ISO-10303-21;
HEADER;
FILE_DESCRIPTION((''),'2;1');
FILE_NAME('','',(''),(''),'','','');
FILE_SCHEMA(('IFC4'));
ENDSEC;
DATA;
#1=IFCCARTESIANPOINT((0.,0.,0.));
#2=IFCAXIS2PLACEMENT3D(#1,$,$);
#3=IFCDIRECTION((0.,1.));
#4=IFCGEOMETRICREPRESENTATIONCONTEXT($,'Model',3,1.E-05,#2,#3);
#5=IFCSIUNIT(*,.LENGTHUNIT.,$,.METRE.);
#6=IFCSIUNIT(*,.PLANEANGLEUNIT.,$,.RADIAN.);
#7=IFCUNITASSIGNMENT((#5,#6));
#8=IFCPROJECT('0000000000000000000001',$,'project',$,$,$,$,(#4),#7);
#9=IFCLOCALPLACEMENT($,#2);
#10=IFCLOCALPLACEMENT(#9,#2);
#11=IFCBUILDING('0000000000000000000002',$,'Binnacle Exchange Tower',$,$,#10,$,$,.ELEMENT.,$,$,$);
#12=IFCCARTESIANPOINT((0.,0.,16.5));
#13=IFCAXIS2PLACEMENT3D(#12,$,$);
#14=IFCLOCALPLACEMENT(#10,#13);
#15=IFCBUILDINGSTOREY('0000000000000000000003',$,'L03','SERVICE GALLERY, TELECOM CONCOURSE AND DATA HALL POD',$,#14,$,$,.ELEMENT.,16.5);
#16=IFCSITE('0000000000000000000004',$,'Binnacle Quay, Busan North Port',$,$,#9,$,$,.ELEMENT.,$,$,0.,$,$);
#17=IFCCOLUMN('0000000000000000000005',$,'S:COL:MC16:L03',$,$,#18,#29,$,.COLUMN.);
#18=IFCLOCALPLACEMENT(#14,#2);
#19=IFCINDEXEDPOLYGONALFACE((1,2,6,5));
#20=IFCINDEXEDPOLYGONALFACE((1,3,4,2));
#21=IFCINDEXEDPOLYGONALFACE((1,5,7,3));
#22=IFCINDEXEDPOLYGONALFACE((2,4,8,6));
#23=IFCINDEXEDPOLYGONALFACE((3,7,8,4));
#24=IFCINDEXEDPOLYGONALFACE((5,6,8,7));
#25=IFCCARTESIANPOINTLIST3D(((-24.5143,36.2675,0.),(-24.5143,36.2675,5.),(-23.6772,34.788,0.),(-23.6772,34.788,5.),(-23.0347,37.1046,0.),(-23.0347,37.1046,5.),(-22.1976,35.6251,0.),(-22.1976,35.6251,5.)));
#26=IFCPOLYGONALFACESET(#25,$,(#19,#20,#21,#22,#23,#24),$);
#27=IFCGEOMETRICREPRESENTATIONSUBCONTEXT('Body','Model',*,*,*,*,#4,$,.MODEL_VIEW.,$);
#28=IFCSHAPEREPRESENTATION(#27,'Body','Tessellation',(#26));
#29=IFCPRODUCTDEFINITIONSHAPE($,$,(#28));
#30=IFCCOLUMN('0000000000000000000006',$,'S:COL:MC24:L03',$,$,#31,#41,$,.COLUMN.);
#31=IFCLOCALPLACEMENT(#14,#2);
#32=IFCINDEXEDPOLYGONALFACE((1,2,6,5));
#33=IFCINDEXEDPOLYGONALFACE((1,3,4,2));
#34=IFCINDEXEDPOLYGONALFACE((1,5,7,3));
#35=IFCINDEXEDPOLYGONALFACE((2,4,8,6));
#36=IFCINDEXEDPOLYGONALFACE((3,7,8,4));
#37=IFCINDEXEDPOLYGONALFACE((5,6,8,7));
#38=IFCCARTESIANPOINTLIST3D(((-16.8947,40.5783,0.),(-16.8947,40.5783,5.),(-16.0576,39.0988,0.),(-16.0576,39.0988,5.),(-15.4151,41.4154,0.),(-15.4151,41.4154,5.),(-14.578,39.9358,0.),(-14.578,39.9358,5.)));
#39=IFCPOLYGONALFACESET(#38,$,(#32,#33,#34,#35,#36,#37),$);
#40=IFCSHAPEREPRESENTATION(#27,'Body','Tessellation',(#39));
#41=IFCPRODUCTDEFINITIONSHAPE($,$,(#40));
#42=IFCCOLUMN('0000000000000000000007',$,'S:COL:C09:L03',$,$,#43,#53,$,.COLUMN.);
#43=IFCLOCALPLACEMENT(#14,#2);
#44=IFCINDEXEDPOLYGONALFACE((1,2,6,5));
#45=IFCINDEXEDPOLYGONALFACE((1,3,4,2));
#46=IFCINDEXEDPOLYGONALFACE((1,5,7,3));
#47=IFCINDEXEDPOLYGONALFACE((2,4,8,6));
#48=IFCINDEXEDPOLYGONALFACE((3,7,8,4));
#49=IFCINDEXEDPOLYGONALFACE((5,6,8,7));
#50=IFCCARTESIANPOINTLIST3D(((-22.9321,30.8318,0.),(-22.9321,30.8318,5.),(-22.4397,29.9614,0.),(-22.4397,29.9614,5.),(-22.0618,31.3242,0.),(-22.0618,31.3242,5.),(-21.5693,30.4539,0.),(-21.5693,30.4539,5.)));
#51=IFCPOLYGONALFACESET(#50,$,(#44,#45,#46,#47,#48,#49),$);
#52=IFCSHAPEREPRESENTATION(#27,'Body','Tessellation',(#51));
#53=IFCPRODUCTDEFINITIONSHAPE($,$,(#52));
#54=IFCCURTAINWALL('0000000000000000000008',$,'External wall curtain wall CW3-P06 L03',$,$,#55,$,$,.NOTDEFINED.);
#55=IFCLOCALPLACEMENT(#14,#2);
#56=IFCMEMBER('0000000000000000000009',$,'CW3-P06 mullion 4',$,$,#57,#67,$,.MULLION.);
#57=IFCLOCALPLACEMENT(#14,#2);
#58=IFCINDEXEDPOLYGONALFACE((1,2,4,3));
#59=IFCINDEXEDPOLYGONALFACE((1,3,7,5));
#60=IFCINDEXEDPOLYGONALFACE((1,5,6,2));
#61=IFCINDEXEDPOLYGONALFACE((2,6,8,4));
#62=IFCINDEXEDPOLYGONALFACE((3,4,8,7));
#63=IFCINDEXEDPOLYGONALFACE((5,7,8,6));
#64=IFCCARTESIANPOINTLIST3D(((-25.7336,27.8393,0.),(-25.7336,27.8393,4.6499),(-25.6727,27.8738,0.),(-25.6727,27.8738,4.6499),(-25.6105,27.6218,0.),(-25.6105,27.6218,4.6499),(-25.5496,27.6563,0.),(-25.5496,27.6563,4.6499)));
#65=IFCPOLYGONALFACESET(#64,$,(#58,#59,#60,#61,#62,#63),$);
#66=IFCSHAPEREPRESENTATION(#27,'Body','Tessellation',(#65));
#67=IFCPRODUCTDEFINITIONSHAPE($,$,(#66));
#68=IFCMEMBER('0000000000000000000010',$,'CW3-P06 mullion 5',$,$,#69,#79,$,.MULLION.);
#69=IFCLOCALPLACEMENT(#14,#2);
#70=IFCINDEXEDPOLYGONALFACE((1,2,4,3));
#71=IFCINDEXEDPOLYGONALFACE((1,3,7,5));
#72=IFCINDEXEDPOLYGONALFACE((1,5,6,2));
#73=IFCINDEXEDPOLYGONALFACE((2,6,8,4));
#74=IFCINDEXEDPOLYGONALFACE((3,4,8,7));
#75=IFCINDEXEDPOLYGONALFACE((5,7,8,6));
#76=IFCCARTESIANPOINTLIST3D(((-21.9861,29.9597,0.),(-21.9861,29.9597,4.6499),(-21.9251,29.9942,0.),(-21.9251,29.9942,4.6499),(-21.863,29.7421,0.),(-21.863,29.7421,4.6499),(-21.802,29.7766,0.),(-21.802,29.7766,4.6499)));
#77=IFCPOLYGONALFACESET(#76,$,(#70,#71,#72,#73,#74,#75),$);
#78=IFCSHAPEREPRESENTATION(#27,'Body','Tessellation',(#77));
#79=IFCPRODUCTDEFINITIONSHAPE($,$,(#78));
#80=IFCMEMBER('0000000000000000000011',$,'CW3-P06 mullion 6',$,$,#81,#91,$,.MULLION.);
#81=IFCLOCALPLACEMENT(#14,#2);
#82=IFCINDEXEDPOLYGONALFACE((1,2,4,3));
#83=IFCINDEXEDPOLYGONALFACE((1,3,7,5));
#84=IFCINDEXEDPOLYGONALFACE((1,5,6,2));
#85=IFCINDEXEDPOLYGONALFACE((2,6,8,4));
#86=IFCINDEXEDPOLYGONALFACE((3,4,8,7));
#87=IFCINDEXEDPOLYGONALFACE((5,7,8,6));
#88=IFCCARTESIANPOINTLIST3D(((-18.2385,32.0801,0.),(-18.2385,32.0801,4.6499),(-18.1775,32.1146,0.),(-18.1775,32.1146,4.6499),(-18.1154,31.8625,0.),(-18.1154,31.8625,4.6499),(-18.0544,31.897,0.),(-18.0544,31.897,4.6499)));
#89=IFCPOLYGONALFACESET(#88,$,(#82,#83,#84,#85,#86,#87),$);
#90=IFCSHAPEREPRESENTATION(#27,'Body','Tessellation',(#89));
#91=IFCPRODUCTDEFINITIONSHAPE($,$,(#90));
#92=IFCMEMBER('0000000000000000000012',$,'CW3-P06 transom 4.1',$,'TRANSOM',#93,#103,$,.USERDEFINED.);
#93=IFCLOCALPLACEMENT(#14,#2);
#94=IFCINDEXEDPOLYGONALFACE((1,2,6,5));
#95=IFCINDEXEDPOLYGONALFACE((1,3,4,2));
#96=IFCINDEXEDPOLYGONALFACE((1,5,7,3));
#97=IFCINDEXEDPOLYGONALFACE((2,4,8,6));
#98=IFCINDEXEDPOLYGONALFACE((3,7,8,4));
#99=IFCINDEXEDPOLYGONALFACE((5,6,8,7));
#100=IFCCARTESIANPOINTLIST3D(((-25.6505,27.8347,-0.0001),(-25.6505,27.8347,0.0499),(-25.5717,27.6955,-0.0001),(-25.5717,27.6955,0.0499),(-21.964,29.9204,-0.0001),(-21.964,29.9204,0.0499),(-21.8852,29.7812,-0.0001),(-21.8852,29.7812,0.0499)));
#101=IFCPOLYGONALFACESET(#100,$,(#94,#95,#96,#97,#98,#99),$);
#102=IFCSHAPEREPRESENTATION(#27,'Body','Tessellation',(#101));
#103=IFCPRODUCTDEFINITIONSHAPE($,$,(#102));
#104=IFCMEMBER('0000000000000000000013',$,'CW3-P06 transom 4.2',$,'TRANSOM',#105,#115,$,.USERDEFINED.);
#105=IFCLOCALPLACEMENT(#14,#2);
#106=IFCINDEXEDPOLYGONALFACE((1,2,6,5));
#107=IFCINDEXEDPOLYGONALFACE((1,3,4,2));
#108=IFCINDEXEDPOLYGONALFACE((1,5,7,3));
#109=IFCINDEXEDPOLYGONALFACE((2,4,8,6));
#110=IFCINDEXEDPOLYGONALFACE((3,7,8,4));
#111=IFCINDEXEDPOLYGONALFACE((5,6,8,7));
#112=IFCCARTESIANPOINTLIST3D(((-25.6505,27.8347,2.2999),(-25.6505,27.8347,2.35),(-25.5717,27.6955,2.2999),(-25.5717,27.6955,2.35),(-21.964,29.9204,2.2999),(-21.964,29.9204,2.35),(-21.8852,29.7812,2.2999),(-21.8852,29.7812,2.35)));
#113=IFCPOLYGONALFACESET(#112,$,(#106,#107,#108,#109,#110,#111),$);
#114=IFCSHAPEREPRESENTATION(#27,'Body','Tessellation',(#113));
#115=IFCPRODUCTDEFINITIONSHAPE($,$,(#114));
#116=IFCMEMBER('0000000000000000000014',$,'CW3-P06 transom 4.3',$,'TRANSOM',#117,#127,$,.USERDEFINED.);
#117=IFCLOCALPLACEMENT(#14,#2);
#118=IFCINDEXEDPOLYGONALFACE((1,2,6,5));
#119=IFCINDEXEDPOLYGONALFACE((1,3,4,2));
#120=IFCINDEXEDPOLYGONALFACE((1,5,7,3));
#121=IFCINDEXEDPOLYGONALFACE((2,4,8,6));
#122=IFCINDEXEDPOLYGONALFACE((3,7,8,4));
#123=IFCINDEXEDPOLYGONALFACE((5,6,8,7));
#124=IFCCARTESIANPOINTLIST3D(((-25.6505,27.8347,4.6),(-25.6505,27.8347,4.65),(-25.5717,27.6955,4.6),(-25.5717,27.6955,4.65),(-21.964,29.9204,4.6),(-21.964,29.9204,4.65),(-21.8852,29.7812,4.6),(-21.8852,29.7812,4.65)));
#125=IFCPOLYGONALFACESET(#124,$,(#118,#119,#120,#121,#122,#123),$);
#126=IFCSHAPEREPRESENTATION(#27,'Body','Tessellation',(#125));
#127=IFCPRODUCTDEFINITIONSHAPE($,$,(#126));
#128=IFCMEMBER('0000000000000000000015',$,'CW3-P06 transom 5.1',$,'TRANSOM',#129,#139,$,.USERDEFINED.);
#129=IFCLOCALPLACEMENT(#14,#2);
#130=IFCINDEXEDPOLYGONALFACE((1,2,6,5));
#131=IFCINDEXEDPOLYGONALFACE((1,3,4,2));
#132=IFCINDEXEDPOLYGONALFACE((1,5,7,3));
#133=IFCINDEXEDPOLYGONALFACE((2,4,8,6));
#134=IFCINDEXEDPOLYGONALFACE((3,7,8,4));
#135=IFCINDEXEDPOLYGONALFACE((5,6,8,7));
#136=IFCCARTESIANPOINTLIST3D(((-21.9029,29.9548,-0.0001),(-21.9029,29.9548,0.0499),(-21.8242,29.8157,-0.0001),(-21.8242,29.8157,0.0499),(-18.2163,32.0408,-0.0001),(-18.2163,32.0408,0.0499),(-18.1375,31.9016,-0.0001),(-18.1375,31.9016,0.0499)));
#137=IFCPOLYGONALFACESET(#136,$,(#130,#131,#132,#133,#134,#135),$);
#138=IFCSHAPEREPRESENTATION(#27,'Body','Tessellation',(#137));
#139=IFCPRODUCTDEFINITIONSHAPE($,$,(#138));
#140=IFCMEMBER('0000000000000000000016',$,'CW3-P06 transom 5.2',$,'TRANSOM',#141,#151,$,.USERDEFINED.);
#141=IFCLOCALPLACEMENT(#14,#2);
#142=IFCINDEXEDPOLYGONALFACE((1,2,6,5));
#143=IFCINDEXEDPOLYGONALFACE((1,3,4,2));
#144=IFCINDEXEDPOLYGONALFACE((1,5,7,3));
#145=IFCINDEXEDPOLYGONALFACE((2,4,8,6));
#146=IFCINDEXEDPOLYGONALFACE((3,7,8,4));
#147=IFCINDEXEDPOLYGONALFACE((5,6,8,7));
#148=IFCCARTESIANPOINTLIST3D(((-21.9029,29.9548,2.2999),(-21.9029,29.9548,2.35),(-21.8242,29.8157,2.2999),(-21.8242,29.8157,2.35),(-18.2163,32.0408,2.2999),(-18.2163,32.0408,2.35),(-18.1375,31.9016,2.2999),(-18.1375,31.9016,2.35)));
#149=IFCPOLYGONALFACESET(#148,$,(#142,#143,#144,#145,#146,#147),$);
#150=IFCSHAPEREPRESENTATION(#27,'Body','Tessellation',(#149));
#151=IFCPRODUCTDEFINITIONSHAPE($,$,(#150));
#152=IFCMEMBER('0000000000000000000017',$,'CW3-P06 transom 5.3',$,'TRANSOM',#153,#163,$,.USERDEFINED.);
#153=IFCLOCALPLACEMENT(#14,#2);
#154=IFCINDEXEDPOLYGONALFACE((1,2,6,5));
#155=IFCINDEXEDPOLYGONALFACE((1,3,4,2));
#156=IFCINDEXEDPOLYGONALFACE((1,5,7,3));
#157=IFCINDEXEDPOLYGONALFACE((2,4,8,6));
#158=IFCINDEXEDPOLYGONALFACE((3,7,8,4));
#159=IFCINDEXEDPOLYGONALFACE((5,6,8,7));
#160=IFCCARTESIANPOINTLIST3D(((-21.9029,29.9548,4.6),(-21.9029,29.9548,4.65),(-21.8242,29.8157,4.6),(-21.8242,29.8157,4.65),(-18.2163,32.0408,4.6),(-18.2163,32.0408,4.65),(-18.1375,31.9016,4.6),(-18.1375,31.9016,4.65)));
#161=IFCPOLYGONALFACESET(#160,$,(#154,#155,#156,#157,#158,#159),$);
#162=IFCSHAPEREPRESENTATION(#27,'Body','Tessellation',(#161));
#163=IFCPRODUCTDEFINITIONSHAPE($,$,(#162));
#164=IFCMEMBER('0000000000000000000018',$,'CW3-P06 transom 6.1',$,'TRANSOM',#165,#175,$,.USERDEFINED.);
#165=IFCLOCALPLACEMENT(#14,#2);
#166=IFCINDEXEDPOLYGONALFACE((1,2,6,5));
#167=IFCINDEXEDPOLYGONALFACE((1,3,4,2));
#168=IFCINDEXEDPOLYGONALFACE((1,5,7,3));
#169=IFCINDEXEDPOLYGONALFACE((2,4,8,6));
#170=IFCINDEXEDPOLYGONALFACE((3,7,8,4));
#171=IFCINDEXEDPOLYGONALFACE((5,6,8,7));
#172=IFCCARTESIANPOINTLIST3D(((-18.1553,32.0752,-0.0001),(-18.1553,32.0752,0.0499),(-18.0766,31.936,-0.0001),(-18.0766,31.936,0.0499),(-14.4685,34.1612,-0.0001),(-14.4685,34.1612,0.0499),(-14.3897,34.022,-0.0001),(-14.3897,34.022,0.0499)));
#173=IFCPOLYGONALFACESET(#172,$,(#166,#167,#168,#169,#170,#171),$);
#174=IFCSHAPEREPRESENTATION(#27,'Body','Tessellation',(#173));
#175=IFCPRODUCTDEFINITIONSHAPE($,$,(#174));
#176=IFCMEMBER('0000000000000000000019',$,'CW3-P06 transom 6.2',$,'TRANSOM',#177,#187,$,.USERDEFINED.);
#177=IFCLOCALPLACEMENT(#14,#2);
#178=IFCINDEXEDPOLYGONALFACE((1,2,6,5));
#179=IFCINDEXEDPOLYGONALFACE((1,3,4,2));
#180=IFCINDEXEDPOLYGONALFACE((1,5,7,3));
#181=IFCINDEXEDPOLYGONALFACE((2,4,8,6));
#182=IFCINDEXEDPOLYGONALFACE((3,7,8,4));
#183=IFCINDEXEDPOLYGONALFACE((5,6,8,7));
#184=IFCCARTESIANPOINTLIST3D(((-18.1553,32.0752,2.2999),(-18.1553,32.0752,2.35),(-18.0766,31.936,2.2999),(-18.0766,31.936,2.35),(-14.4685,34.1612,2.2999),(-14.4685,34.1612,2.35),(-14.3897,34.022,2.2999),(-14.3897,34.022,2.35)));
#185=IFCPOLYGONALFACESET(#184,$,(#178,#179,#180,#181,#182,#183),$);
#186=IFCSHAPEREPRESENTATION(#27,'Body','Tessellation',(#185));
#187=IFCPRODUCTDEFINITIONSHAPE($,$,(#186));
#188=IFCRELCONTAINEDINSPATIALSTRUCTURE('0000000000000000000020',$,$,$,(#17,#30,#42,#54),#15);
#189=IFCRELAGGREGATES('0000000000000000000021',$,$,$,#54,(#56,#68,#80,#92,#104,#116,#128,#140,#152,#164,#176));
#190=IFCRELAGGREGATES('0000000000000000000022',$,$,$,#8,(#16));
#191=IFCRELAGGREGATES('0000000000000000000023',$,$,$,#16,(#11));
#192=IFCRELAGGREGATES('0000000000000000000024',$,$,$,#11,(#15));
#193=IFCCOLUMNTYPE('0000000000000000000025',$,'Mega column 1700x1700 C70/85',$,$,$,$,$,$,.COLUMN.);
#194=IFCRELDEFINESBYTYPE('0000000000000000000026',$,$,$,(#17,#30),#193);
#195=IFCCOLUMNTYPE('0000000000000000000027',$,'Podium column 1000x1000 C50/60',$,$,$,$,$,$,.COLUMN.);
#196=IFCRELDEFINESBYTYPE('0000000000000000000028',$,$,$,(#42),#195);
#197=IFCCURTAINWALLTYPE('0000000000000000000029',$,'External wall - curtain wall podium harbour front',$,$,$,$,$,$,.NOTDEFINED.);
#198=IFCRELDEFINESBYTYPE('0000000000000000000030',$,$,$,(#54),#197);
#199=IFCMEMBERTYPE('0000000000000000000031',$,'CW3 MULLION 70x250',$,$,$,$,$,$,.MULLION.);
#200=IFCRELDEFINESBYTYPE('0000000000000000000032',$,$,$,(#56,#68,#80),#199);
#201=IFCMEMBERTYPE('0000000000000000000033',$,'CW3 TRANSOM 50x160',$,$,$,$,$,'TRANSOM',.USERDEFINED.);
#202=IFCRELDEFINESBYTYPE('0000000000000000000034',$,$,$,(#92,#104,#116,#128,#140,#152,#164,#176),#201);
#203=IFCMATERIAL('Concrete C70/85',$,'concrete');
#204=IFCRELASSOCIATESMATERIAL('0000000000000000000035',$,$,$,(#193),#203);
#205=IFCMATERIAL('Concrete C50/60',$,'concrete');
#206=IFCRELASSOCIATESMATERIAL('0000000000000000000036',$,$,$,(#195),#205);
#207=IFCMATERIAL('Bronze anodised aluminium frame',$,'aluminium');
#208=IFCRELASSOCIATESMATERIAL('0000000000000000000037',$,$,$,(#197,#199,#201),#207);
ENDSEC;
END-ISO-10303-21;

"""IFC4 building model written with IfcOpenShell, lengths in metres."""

from ifc_helpers import new_model, si_unit, direction, frame, origin, origin_2d, place, context, subcontext, project, spatial, rectangle, extrude, material, material_profile, profile_set, type_object, element, aggregate, save


model = new_model("IFC4")

# Units and contexts
model_context = context("Model", 3, precision=1e-05, world=origin(), true_north=direction((0.0, 1.0)))
body_context = subcontext(model_context, "Body", "Model", "MODEL_VIEW")
ifc_project = project(units=[si_unit("LENGTHUNIT", "METRE"), si_unit("PLANEANGLEUNIT", "RADIAN")], contexts=[model_context])

# Site, building, storey
site_placement = place(None, origin())
site = spatial("IfcSite", under=ifc_project, at=site_placement, Name="Binnacle Quay, Busan North Port", CompositionType="ELEMENT", RefElevation=0.0)
building_placement = place(site_placement, origin())
building = spatial("IfcBuilding", under=site, at=building_placement, Name="Binnacle Exchange Tower", CompositionType="ELEMENT")
storey_placement = place(building_placement, frame((0.0, 0.0, 16.5)))
storey = spatial("IfcBuildingStorey", under=building, at=storey_placement, Name="L03", Description="SERVICE GALLERY, TELECOM CONCOURSE AND DATA HALL POD", CompositionType="ELEMENT", Elevation=16.5)

# Columns
ifc_material_1 = material(Name="Concrete C70/85", Category="concrete")
ifc_material_profile_1 = material_profile(ifc_material_1, rectangle(XDim=1.7, YDim=1.7, at=origin_2d()), Name="Mega column 1700x1700 C70/85")
ifc_profile_set_1 = profile_set([ifc_material_profile_1], Name="Concrete C70/85")
column_type_1 = type_object("IfcColumnType", Name="Mega column 1700x1700 C70/85", PredefinedType="COLUMN", material=ifc_profile_set_1)
for number, where, z_axis, x_axis, name in (
    (1, (-23.356, 35.9463, 0.0), (0.0, 0.0, 1.0), (0.870356, 0.492424, 0.0), "S:COL:MC16:L03"),
    (2, (-15.7363, 40.2571, 0.0), (0.0, 0.0, 1.0), (0.870356, 0.492424, 0.0), "S:COL:MC24:L03"),
):
    element("IfcColumn", number, at=place(storey_placement, frame(where, z_axis=z_axis, x_axis=x_axis)), inside=storey, type_object=column_type_1, Name=name, PredefinedType="COLUMN", context=body_context, shape_type="SweptSolid", body=[
        extrude(rectangle(XDim=1.7, YDim=1.7, at=origin_2d()), origin(), (0.0, 0.0, 1.0), 5.0),
    ])
ifc_material_2 = material(Name="Concrete C50/60", Category="concrete")
ifc_material_profile_2 = material_profile(ifc_material_2, rectangle(XDim=1.0, YDim=1.0, at=origin_2d()), Name="Podium column 1000x1000 C50/60")
ifc_profile_set_2 = profile_set([ifc_material_profile_2], Name="Concrete C50/60")
column_type_2 = type_object("IfcColumnType", Name="Podium column 1000x1000 C50/60", PredefinedType="COLUMN", material=ifc_profile_set_2)
column_placement = place(storey_placement, frame((-22.2507, 30.6428, 0.0), z_axis=(0.0, 0.0, 1.0), x_axis=(0.870356, 0.492424, 0.0)))
element("IfcColumn", 3, at=column_placement, inside=storey, type_object=column_type_2, Name="S:COL:C09:L03", PredefinedType="COLUMN", context=body_context, shape_type="SweptSolid", body=[
    extrude(rectangle(XDim=1.0, YDim=1.0, at=origin_2d()), origin(), (0.0, 0.0, 1.0), 5.0),
])

# Curtain wall, members
ifc_material_3 = material(Name="Bronze anodised aluminium frame", Category="aluminium")
curtain_wall_type = type_object("IfcCurtainWallType", Name="External wall - curtain wall podium harbour front", PredefinedType="NOTDEFINED", material=ifc_material_3)
curtain_wall_placement = place(storey_placement, origin())
curtain_wall = element("IfcCurtainWall", 4, at=curtain_wall_placement, inside=storey, type_object=curtain_wall_type, Name="External wall curtain wall CW3-P06 L03", PredefinedType="NOTDEFINED")
ifc_material_profile_3 = material_profile(ifc_material_3, rectangle(XDim=0.25, YDim=0.0701, at=origin_2d()), Name="AL 70x250")
ifc_profile_set_3 = profile_set([ifc_material_profile_3], Name="Bronze anodised aluminium frame")
member_type_1 = type_object("IfcMemberType", Name="CW3 MULLION 70x250", PredefinedType="MULLION", material=ifc_profile_set_3)
member_1_placement = place(storey_placement, frame((-25.6416, 27.7478, 0.0), z_axis=(0.0, 0.0, 1.0), x_axis=(-0.492424, 0.870356, 0.0)))
member_1 = element("IfcMember", 5, at=member_1_placement, type_object=member_type_1, Name="CW3-P06 mullion 4", PredefinedType="MULLION", context=body_context, shape_type="SweptSolid", body=[
    extrude(rectangle(XDim=0.25, YDim=0.0701, at=origin_2d()), origin(), (0.0, 0.0, 1.0), 4.6499),
])
member_2_placement = place(storey_placement, frame((-21.894, 29.8682, 0.0), z_axis=(0.0, 0.0, 1.0), x_axis=(-0.492424, 0.870356, 0.0)))
member_2 = element("IfcMember", 6, at=member_2_placement, type_object=member_type_1, Name="CW3-P06 mullion 5", PredefinedType="MULLION", context=body_context, shape_type="SweptSolid", body=[
    extrude(rectangle(XDim=0.25, YDim=0.0701, at=origin_2d()), origin(), (0.0, 0.0, 1.0), 4.6499),
])
member_3_placement = place(storey_placement, frame((-18.1465, 31.9885, 0.0), z_axis=(0.0, 0.0, 1.0), x_axis=(-0.492424, 0.870356, 0.0)))
member_3 = element("IfcMember", 7, at=member_3_placement, type_object=member_type_1, Name="CW3-P06 mullion 6", PredefinedType="MULLION", context=body_context, shape_type="SweptSolid", body=[
    extrude(rectangle(XDim=0.25, YDim=0.0701, at=origin_2d()), origin(), (0.0, 0.0, 1.0), 4.6499),
])
ifc_material_profile_4 = material_profile(ifc_material_3, rectangle(XDim=0.1599, YDim=0.05, at=origin_2d()), Name="AL 160x50")
ifc_profile_set_4 = profile_set([ifc_material_profile_4], Name="Bronze anodised aluminium frame")
member_type_2 = type_object("IfcMemberType", Name="CW3 TRANSOM 50x160", ElementType="TRANSOM", PredefinedType="USERDEFINED", material=ifc_profile_set_4)
member_4_placement = place(storey_placement, frame((-25.6111, 27.7651, 0.0249), z_axis=(0.87036, 0.492416, 0.0), x_axis=(-0.492416, 0.87036, 0.0)))
member_4 = element("IfcMember", 8, at=member_4_placement, type_object=member_type_2, Name="CW3-P06 transom 4.1", ObjectType="TRANSOM", PredefinedType="USERDEFINED", context=body_context, shape_type="SweptSolid", body=[
    extrude(rectangle(XDim=0.1599, YDim=0.05, at=origin_2d()), origin(), (0.0, 0.0, 1.0), 4.2356),
])
member_5_placement = place(storey_placement, frame((-25.6111, 27.7651, 2.325), z_axis=(0.87036, 0.492416, 0.0), x_axis=(-0.492416, 0.87036, 0.0)))
member_5 = element("IfcMember", 9, at=member_5_placement, type_object=member_type_2, Name="CW3-P06 transom 4.2", ObjectType="TRANSOM", PredefinedType="USERDEFINED", context=body_context, shape_type="SweptSolid", body=[
    extrude(rectangle(XDim=0.1599, YDim=0.05, at=origin_2d()), origin(), (0.0, 0.0, 1.0), 4.2356),
])
member_6_placement = place(storey_placement, frame((-25.6111, 27.7651, 4.625), z_axis=(0.87036, 0.492416, 0.0), x_axis=(-0.492416, 0.87036, 0.0)))
member_6 = element("IfcMember", 10, at=member_6_placement, type_object=member_type_2, Name="CW3-P06 transom 4.3", ObjectType="TRANSOM", PredefinedType="USERDEFINED", context=body_context, shape_type="SweptSolid", body=[
    extrude(rectangle(XDim=0.1599, YDim=0.05, at=origin_2d()), origin(), (0.0, 0.0, 1.0), 4.2356),
])
member_7_placement = place(storey_placement, frame((-21.8635, 29.8853, 0.0249), z_axis=(0.870335, 0.49246, 0.0), x_axis=(-0.49246, 0.870335, 0.0)))
member_7 = element("IfcMember", 11, at=member_7_placement, type_object=member_type_2, Name="CW3-P06 transom 5.1", ObjectType="TRANSOM", PredefinedType="USERDEFINED", context=body_context, shape_type="SweptSolid", body=[
    extrude(rectangle(XDim=0.1599, YDim=0.05, at=origin_2d()), origin(), (0.0, 0.0, 1.0), 4.2358),
])
member_8_placement = place(storey_placement, frame((-21.8635, 29.8853, 2.325), z_axis=(0.870335, 0.49246, 0.0), x_axis=(-0.49246, 0.870335, 0.0)))
member_8 = element("IfcMember", 12, at=member_8_placement, type_object=member_type_2, Name="CW3-P06 transom 5.2", ObjectType="TRANSOM", PredefinedType="USERDEFINED", context=body_context, shape_type="SweptSolid", body=[
    extrude(rectangle(XDim=0.1599, YDim=0.05, at=origin_2d()), origin(), (0.0, 0.0, 1.0), 4.2358),
])
member_9_placement = place(storey_placement, frame((-21.8635, 29.8853, 4.625), z_axis=(0.870335, 0.49246, 0.0), x_axis=(-0.49246, 0.870335, 0.0)))
member_9 = element("IfcMember", 13, at=member_9_placement, type_object=member_type_2, Name="CW3-P06 transom 5.3", ObjectType="TRANSOM", PredefinedType="USERDEFINED", context=body_context, shape_type="SweptSolid", body=[
    extrude(rectangle(XDim=0.1599, YDim=0.05, at=origin_2d()), origin(), (0.0, 0.0, 1.0), 4.2358),
])
member_10_placement = place(storey_placement, frame((-18.116, 32.0056, 0.0249), z_axis=(0.870349, 0.492435, 0.0), x_axis=(-0.492435, 0.870349, 0.0)))
member_10 = element("IfcMember", 14, at=member_10_placement, type_object=member_type_2, Name="CW3-P06 transom 6.1", ObjectType="TRANSOM", PredefinedType="USERDEFINED", context=body_context, shape_type="SweptSolid", body=[
    extrude(rectangle(XDim=0.1599, YDim=0.05, at=origin_2d()), origin(), (0.0, 0.0, 1.0), 4.2361),
])
member_11_placement = place(storey_placement, frame((-18.116, 32.0056, 2.325), z_axis=(0.870349, 0.492435, 0.0), x_axis=(-0.492435, 0.870349, 0.0)))
member_11 = element("IfcMember", 15, at=member_11_placement, type_object=member_type_2, Name="CW3-P06 transom 6.2", ObjectType="TRANSOM", PredefinedType="USERDEFINED", context=body_context, shape_type="SweptSolid", body=[
    extrude(rectangle(XDim=0.1599, YDim=0.05, at=origin_2d()), origin(), (0.0, 0.0, 1.0), 4.2361),
])

aggregate(curtain_wall, [member_1, member_2, member_3, member_4, member_5, member_6, member_7, member_8, member_9, member_10, member_11])

save(model, "model.ifc")
